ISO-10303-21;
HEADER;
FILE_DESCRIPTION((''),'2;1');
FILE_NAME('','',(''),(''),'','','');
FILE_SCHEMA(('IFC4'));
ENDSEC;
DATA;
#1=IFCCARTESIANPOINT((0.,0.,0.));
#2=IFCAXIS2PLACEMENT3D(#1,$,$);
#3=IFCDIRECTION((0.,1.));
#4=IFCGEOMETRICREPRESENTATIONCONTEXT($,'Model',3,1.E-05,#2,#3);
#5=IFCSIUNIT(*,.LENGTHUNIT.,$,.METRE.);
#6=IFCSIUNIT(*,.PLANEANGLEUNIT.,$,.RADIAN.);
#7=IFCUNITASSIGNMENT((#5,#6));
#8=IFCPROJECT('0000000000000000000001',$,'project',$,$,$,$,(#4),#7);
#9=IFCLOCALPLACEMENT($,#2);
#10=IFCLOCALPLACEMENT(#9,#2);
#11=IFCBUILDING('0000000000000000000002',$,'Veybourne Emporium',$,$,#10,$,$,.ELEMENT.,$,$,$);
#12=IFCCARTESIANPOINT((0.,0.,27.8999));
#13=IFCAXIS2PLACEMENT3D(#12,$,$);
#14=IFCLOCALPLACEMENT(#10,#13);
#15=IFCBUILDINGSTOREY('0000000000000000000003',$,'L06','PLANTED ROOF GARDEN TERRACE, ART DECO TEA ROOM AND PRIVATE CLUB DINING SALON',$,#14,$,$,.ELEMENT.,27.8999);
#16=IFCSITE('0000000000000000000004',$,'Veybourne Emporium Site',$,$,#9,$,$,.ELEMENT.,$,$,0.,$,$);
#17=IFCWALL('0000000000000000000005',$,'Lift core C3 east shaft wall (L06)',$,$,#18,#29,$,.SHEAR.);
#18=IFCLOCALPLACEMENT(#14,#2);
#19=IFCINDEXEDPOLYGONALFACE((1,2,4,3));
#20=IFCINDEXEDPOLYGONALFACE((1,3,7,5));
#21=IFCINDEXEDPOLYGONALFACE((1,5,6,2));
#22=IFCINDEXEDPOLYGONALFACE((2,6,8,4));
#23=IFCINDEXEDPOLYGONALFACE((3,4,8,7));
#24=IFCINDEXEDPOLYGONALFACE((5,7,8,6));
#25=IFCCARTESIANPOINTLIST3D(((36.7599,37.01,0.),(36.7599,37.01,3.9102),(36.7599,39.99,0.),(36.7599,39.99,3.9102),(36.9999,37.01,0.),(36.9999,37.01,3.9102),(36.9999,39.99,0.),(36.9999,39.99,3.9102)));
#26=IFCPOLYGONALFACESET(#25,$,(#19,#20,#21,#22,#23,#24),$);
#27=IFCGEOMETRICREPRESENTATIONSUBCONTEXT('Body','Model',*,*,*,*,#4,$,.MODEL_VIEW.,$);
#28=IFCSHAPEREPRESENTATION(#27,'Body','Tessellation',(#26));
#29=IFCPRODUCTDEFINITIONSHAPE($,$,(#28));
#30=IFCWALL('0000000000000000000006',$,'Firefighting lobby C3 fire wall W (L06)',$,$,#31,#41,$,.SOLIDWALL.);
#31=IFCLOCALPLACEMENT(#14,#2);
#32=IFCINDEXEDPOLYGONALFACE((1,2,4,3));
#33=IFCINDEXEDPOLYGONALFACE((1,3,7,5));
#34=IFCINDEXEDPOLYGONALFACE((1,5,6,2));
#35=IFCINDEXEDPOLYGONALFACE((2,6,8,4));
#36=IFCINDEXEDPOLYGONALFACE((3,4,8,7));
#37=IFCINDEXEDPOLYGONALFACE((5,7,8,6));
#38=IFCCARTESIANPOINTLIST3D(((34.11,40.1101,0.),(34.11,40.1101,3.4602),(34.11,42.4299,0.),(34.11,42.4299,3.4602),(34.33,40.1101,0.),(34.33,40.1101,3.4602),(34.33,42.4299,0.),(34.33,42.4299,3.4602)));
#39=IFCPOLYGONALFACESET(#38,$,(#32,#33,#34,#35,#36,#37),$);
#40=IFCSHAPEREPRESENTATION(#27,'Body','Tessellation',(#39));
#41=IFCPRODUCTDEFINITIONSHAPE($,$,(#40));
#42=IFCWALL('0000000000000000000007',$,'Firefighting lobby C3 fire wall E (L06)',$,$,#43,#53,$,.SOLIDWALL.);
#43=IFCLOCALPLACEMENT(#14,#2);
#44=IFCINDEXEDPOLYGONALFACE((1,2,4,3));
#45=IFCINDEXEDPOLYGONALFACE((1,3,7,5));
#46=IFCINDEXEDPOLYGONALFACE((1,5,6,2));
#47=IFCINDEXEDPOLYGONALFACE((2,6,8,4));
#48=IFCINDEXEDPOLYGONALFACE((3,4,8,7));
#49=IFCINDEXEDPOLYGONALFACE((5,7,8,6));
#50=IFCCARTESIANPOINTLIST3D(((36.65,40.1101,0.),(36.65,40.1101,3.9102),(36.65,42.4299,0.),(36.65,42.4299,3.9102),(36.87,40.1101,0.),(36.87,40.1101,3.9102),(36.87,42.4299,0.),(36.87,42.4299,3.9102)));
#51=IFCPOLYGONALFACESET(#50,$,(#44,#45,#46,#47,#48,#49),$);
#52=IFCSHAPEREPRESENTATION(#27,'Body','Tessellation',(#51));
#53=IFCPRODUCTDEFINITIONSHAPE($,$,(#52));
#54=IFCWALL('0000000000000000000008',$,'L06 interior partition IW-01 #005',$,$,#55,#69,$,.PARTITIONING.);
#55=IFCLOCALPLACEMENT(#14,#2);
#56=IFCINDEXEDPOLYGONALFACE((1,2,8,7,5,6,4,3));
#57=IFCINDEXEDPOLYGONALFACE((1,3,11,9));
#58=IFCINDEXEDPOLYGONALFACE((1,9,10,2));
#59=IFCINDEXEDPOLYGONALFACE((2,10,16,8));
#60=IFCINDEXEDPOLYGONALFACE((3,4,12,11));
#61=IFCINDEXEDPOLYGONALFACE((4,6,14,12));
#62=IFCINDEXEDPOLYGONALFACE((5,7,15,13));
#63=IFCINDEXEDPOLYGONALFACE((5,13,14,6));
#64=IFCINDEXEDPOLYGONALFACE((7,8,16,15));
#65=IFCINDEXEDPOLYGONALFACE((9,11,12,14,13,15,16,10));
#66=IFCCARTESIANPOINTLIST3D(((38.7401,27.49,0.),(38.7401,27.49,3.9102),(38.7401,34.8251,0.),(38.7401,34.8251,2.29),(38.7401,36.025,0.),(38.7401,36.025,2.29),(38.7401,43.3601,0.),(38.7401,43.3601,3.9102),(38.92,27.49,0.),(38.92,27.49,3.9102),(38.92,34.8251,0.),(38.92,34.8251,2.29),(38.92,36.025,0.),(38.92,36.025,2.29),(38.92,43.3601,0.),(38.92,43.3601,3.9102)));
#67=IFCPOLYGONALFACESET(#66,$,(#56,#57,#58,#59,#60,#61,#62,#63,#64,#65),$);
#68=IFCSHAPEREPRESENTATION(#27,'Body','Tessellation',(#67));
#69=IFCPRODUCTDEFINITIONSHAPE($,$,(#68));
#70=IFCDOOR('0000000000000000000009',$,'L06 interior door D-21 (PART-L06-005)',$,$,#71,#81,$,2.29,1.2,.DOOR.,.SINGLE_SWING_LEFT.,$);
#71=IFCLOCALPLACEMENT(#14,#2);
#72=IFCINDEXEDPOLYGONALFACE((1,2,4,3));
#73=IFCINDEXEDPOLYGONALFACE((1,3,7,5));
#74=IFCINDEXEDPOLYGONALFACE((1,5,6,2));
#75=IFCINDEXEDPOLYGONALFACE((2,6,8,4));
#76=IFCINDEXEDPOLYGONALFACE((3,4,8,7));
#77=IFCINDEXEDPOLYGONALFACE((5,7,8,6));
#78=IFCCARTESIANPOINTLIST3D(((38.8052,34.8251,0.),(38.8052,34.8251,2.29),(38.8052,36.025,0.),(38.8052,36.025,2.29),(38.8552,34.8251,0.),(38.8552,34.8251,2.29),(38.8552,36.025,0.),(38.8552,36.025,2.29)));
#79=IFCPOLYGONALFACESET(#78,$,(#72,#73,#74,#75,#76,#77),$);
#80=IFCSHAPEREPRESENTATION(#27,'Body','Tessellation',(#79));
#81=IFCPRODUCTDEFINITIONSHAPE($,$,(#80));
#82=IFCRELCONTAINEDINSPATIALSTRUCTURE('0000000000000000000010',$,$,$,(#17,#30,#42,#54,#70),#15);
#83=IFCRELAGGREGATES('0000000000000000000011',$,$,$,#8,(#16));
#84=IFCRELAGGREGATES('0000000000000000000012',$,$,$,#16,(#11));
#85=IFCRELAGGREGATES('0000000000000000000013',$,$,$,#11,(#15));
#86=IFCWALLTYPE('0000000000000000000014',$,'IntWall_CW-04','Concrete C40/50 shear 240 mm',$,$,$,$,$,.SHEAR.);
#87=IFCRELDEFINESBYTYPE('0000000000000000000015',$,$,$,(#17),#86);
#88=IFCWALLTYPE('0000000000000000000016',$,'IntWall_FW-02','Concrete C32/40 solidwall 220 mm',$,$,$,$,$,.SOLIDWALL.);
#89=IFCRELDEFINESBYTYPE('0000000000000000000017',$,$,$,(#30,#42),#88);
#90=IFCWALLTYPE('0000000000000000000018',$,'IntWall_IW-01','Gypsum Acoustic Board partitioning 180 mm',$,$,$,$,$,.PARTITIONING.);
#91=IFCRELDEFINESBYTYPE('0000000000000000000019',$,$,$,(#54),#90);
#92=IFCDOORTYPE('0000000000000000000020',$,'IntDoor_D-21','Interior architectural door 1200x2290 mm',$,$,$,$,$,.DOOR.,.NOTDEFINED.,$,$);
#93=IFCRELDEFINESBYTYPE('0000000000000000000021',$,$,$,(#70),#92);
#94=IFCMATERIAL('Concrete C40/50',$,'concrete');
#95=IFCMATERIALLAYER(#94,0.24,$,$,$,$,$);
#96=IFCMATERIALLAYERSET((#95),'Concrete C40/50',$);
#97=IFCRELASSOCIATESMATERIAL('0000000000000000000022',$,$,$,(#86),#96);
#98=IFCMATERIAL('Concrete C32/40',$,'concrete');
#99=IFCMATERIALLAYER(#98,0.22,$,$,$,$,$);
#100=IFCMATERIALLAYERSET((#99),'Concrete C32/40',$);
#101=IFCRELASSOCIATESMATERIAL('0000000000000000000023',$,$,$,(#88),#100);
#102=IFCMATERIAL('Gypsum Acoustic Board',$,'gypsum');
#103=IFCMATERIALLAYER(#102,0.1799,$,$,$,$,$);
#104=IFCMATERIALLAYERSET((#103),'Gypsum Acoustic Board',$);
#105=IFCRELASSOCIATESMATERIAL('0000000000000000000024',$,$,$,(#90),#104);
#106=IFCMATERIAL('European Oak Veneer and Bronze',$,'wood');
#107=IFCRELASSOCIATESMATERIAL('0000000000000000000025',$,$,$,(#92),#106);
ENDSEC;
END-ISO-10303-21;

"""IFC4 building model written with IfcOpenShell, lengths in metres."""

from ifc_helpers import new_model, si_unit, direction, frame, frame_2d, origin, place, context, subcontext, project, spatial, rectangle, extrude, material, layer, layer_set, type_object, element, fill, save


model = new_model("IFC4")

# Units and contexts
model_context = context("Model", 3, precision=1e-05, world=origin(), true_north=direction((0.0, 1.0)))
body_context = subcontext(model_context, "Body", "Model", "MODEL_VIEW")
ifc_project = project(units=[si_unit("LENGTHUNIT", "METRE"), si_unit("PLANEANGLEUNIT", "RADIAN")], contexts=[model_context])

# Site, building, storey
site_placement = place(None, origin())
site = spatial("IfcSite", under=ifc_project, at=site_placement, Name="Veybourne Emporium Site", CompositionType="ELEMENT", RefElevation=0.0)
building_placement = place(site_placement, origin())
building = spatial("IfcBuilding", under=site, at=building_placement, Name="Veybourne Emporium", CompositionType="ELEMENT")
storey_placement = place(building_placement, frame((0.0, 0.0, 27.8999)))
storey = spatial("IfcBuildingStorey", under=building, at=storey_placement, Name="L06", Description="PLANTED ROOF GARDEN TERRACE, ART DECO TEA ROOM AND PRIVATE CLUB DINING SALON", CompositionType="ELEMENT", Elevation=27.8999)

# Shared definitions
ifc_material_1 = material(Name="Concrete C40/50", Category="concrete")

# Shared definitions
ifc_material_2 = material(Name="Concrete C32/40", Category="concrete")

# Shared definitions
ifc_layer_1 = layer(ifc_material_1, 0.24)
ifc_layer_set_1 = layer_set([ifc_layer_1], Name="Concrete C40/50")
wall_type_1 = type_object("IfcWallType", Name="IntWall_CW-04", Description="Concrete C40/50 shear 240 mm", PredefinedType="SHEAR", material=ifc_layer_set_1)

# Walls
for number, where, z_axis, x_axis, name in (
    (1, (36.8799, 37.01, 0.0), (0.0, 0.0, 1.0), (0.0, 1.0, 0.0), "Lift core C3 east shaft wall (L06)"),
):
    element("IfcWall", number, at=place(storey_placement, frame(where, z_axis=z_axis, x_axis=x_axis)), inside=storey, type_object=wall_type_1, Name=name, PredefinedType="SHEAR", context=body_context, shape_type="SweptSolid", body=[
        extrude(rectangle(XDim=2.98, YDim=0.24, at=frame_2d((1.49, 0.0))), origin(), (0.0, 0.0, 1.0), 3.9102),
    ])
ifc_layer_2 = layer(ifc_material_2, 0.22)
ifc_layer_set_2 = layer_set([ifc_layer_2], Name="Concrete C32/40")
wall_type_2 = type_object("IfcWallType", Name="IntWall_FW-02", Description="Concrete C32/40 solidwall 220 mm", PredefinedType="SOLIDWALL", material=ifc_layer_set_2)
wall_1_placement = place(storey_placement, frame((34.22, 40.1101, 0.0), z_axis=(0.0, 0.0, 1.0), x_axis=(0.0, 1.0, 0.0)))
element("IfcWall", 2, at=wall_1_placement, inside=storey, type_object=wall_type_2, Name="Firefighting lobby C3 fire wall W (L06)", PredefinedType="SOLIDWALL", context=body_context, shape_type="SweptSolid", body=[
    extrude(rectangle(XDim=2.3198, YDim=0.22, at=frame_2d((1.1599, 0.0))), origin(), (0.0, 0.0, 1.0), 3.4602),
])
wall_2_placement = place(storey_placement, frame((36.76, 40.1101, 0.0), z_axis=(0.0, 0.0, 1.0), x_axis=(0.0, 1.0, 0.0)))
element("IfcWall", 3, at=wall_2_placement, inside=storey, type_object=wall_type_2, Name="Firefighting lobby C3 fire wall E (L06)", PredefinedType="SOLIDWALL", context=body_context, shape_type="SweptSolid", body=[
    extrude(rectangle(XDim=2.3198, YDim=0.22, at=frame_2d((1.1599, 0.0))), origin(), (0.0, 0.0, 1.0), 3.9102),
])

# Wall, opening, door
ifc_material_3 = material(Name="Gypsum Acoustic Board", Category="gypsum")
ifc_layer_3 = layer(ifc_material_3, 0.1799)
ifc_layer_set_3 = layer_set([ifc_layer_3], Name="Gypsum Acoustic Board")
wall_type_3 = type_object("IfcWallType", Name="IntWall_IW-01", Description="Gypsum Acoustic Board partitioning 180 mm", PredefinedType="PARTITIONING", material=ifc_layer_set_3)
wall_3_placement = place(storey_placement, frame((38.8301, 27.49, 0.0), z_axis=(0.0, 0.0, 1.0), x_axis=(0.0, 1.0, 0.0)))
wall_3 = element("IfcWall", 4, at=wall_3_placement, inside=storey, type_object=wall_type_3, Name="L06 interior partition IW-01 #005", PredefinedType="PARTITIONING", context=body_context, shape_type="SweptSolid", body=[
    extrude(rectangle(XDim=15.8701, YDim=0.1799, at=frame_2d((7.9351, 0.0))), origin(), (0.0, 0.0, 1.0), 3.9102),
])
opening_1_placement = place(wall_3_placement, frame((7.335, 0.0, 0.0)))
opening_1 = element("IfcOpeningElement", 5, at=opening_1_placement, cuts=wall_3, PredefinedType="OPENING", context=body_context, shape_type="SweptSolid", body=[
    extrude(rectangle(XDim=1.2, YDim=2.29, at=frame_2d((0.6001, 1.145))), frame((0.0, 0.1099, 0.0), z_axis=(0.0, -1.0, 0.0), x_axis=(1.0, 0.0, 0.0)), (0.0, 0.0, 1.0), 0.22),
])
ifc_material_4 = material(Name="European Oak Veneer and Bronze", Category="wood")
door_type_1 = type_object("IfcDoorType", Name="IntDoor_D-21", Description="Interior architectural door 1200x2290 mm", OperationType="NOTDEFINED", PredefinedType="DOOR", material=ifc_material_4)
door_1_placement = place(opening_1_placement, origin())
door_1 = element("IfcDoor", 6, at=door_1_placement, inside=storey, type_object=door_type_1, Name="L06 interior door D-21 (PART-L06-005)", OperationType="SINGLE_SWING_LEFT", OverallHeight=2.29, OverallWidth=1.2, PredefinedType="DOOR", context=body_context, shape_type="SweptSolid", body=[
    extrude(rectangle(XDim=1.2, YDim=2.29, at=frame_2d((0.6001, 1.145))), frame((0.0, 0.0249, 0.0), z_axis=(0.0, -1.0, 0.0), x_axis=(1.0, 0.0, 0.0)), (0.0, 0.0, 1.0), 0.05),
])
fill(opening_1, door_1)

save(model, "model.ifc")
